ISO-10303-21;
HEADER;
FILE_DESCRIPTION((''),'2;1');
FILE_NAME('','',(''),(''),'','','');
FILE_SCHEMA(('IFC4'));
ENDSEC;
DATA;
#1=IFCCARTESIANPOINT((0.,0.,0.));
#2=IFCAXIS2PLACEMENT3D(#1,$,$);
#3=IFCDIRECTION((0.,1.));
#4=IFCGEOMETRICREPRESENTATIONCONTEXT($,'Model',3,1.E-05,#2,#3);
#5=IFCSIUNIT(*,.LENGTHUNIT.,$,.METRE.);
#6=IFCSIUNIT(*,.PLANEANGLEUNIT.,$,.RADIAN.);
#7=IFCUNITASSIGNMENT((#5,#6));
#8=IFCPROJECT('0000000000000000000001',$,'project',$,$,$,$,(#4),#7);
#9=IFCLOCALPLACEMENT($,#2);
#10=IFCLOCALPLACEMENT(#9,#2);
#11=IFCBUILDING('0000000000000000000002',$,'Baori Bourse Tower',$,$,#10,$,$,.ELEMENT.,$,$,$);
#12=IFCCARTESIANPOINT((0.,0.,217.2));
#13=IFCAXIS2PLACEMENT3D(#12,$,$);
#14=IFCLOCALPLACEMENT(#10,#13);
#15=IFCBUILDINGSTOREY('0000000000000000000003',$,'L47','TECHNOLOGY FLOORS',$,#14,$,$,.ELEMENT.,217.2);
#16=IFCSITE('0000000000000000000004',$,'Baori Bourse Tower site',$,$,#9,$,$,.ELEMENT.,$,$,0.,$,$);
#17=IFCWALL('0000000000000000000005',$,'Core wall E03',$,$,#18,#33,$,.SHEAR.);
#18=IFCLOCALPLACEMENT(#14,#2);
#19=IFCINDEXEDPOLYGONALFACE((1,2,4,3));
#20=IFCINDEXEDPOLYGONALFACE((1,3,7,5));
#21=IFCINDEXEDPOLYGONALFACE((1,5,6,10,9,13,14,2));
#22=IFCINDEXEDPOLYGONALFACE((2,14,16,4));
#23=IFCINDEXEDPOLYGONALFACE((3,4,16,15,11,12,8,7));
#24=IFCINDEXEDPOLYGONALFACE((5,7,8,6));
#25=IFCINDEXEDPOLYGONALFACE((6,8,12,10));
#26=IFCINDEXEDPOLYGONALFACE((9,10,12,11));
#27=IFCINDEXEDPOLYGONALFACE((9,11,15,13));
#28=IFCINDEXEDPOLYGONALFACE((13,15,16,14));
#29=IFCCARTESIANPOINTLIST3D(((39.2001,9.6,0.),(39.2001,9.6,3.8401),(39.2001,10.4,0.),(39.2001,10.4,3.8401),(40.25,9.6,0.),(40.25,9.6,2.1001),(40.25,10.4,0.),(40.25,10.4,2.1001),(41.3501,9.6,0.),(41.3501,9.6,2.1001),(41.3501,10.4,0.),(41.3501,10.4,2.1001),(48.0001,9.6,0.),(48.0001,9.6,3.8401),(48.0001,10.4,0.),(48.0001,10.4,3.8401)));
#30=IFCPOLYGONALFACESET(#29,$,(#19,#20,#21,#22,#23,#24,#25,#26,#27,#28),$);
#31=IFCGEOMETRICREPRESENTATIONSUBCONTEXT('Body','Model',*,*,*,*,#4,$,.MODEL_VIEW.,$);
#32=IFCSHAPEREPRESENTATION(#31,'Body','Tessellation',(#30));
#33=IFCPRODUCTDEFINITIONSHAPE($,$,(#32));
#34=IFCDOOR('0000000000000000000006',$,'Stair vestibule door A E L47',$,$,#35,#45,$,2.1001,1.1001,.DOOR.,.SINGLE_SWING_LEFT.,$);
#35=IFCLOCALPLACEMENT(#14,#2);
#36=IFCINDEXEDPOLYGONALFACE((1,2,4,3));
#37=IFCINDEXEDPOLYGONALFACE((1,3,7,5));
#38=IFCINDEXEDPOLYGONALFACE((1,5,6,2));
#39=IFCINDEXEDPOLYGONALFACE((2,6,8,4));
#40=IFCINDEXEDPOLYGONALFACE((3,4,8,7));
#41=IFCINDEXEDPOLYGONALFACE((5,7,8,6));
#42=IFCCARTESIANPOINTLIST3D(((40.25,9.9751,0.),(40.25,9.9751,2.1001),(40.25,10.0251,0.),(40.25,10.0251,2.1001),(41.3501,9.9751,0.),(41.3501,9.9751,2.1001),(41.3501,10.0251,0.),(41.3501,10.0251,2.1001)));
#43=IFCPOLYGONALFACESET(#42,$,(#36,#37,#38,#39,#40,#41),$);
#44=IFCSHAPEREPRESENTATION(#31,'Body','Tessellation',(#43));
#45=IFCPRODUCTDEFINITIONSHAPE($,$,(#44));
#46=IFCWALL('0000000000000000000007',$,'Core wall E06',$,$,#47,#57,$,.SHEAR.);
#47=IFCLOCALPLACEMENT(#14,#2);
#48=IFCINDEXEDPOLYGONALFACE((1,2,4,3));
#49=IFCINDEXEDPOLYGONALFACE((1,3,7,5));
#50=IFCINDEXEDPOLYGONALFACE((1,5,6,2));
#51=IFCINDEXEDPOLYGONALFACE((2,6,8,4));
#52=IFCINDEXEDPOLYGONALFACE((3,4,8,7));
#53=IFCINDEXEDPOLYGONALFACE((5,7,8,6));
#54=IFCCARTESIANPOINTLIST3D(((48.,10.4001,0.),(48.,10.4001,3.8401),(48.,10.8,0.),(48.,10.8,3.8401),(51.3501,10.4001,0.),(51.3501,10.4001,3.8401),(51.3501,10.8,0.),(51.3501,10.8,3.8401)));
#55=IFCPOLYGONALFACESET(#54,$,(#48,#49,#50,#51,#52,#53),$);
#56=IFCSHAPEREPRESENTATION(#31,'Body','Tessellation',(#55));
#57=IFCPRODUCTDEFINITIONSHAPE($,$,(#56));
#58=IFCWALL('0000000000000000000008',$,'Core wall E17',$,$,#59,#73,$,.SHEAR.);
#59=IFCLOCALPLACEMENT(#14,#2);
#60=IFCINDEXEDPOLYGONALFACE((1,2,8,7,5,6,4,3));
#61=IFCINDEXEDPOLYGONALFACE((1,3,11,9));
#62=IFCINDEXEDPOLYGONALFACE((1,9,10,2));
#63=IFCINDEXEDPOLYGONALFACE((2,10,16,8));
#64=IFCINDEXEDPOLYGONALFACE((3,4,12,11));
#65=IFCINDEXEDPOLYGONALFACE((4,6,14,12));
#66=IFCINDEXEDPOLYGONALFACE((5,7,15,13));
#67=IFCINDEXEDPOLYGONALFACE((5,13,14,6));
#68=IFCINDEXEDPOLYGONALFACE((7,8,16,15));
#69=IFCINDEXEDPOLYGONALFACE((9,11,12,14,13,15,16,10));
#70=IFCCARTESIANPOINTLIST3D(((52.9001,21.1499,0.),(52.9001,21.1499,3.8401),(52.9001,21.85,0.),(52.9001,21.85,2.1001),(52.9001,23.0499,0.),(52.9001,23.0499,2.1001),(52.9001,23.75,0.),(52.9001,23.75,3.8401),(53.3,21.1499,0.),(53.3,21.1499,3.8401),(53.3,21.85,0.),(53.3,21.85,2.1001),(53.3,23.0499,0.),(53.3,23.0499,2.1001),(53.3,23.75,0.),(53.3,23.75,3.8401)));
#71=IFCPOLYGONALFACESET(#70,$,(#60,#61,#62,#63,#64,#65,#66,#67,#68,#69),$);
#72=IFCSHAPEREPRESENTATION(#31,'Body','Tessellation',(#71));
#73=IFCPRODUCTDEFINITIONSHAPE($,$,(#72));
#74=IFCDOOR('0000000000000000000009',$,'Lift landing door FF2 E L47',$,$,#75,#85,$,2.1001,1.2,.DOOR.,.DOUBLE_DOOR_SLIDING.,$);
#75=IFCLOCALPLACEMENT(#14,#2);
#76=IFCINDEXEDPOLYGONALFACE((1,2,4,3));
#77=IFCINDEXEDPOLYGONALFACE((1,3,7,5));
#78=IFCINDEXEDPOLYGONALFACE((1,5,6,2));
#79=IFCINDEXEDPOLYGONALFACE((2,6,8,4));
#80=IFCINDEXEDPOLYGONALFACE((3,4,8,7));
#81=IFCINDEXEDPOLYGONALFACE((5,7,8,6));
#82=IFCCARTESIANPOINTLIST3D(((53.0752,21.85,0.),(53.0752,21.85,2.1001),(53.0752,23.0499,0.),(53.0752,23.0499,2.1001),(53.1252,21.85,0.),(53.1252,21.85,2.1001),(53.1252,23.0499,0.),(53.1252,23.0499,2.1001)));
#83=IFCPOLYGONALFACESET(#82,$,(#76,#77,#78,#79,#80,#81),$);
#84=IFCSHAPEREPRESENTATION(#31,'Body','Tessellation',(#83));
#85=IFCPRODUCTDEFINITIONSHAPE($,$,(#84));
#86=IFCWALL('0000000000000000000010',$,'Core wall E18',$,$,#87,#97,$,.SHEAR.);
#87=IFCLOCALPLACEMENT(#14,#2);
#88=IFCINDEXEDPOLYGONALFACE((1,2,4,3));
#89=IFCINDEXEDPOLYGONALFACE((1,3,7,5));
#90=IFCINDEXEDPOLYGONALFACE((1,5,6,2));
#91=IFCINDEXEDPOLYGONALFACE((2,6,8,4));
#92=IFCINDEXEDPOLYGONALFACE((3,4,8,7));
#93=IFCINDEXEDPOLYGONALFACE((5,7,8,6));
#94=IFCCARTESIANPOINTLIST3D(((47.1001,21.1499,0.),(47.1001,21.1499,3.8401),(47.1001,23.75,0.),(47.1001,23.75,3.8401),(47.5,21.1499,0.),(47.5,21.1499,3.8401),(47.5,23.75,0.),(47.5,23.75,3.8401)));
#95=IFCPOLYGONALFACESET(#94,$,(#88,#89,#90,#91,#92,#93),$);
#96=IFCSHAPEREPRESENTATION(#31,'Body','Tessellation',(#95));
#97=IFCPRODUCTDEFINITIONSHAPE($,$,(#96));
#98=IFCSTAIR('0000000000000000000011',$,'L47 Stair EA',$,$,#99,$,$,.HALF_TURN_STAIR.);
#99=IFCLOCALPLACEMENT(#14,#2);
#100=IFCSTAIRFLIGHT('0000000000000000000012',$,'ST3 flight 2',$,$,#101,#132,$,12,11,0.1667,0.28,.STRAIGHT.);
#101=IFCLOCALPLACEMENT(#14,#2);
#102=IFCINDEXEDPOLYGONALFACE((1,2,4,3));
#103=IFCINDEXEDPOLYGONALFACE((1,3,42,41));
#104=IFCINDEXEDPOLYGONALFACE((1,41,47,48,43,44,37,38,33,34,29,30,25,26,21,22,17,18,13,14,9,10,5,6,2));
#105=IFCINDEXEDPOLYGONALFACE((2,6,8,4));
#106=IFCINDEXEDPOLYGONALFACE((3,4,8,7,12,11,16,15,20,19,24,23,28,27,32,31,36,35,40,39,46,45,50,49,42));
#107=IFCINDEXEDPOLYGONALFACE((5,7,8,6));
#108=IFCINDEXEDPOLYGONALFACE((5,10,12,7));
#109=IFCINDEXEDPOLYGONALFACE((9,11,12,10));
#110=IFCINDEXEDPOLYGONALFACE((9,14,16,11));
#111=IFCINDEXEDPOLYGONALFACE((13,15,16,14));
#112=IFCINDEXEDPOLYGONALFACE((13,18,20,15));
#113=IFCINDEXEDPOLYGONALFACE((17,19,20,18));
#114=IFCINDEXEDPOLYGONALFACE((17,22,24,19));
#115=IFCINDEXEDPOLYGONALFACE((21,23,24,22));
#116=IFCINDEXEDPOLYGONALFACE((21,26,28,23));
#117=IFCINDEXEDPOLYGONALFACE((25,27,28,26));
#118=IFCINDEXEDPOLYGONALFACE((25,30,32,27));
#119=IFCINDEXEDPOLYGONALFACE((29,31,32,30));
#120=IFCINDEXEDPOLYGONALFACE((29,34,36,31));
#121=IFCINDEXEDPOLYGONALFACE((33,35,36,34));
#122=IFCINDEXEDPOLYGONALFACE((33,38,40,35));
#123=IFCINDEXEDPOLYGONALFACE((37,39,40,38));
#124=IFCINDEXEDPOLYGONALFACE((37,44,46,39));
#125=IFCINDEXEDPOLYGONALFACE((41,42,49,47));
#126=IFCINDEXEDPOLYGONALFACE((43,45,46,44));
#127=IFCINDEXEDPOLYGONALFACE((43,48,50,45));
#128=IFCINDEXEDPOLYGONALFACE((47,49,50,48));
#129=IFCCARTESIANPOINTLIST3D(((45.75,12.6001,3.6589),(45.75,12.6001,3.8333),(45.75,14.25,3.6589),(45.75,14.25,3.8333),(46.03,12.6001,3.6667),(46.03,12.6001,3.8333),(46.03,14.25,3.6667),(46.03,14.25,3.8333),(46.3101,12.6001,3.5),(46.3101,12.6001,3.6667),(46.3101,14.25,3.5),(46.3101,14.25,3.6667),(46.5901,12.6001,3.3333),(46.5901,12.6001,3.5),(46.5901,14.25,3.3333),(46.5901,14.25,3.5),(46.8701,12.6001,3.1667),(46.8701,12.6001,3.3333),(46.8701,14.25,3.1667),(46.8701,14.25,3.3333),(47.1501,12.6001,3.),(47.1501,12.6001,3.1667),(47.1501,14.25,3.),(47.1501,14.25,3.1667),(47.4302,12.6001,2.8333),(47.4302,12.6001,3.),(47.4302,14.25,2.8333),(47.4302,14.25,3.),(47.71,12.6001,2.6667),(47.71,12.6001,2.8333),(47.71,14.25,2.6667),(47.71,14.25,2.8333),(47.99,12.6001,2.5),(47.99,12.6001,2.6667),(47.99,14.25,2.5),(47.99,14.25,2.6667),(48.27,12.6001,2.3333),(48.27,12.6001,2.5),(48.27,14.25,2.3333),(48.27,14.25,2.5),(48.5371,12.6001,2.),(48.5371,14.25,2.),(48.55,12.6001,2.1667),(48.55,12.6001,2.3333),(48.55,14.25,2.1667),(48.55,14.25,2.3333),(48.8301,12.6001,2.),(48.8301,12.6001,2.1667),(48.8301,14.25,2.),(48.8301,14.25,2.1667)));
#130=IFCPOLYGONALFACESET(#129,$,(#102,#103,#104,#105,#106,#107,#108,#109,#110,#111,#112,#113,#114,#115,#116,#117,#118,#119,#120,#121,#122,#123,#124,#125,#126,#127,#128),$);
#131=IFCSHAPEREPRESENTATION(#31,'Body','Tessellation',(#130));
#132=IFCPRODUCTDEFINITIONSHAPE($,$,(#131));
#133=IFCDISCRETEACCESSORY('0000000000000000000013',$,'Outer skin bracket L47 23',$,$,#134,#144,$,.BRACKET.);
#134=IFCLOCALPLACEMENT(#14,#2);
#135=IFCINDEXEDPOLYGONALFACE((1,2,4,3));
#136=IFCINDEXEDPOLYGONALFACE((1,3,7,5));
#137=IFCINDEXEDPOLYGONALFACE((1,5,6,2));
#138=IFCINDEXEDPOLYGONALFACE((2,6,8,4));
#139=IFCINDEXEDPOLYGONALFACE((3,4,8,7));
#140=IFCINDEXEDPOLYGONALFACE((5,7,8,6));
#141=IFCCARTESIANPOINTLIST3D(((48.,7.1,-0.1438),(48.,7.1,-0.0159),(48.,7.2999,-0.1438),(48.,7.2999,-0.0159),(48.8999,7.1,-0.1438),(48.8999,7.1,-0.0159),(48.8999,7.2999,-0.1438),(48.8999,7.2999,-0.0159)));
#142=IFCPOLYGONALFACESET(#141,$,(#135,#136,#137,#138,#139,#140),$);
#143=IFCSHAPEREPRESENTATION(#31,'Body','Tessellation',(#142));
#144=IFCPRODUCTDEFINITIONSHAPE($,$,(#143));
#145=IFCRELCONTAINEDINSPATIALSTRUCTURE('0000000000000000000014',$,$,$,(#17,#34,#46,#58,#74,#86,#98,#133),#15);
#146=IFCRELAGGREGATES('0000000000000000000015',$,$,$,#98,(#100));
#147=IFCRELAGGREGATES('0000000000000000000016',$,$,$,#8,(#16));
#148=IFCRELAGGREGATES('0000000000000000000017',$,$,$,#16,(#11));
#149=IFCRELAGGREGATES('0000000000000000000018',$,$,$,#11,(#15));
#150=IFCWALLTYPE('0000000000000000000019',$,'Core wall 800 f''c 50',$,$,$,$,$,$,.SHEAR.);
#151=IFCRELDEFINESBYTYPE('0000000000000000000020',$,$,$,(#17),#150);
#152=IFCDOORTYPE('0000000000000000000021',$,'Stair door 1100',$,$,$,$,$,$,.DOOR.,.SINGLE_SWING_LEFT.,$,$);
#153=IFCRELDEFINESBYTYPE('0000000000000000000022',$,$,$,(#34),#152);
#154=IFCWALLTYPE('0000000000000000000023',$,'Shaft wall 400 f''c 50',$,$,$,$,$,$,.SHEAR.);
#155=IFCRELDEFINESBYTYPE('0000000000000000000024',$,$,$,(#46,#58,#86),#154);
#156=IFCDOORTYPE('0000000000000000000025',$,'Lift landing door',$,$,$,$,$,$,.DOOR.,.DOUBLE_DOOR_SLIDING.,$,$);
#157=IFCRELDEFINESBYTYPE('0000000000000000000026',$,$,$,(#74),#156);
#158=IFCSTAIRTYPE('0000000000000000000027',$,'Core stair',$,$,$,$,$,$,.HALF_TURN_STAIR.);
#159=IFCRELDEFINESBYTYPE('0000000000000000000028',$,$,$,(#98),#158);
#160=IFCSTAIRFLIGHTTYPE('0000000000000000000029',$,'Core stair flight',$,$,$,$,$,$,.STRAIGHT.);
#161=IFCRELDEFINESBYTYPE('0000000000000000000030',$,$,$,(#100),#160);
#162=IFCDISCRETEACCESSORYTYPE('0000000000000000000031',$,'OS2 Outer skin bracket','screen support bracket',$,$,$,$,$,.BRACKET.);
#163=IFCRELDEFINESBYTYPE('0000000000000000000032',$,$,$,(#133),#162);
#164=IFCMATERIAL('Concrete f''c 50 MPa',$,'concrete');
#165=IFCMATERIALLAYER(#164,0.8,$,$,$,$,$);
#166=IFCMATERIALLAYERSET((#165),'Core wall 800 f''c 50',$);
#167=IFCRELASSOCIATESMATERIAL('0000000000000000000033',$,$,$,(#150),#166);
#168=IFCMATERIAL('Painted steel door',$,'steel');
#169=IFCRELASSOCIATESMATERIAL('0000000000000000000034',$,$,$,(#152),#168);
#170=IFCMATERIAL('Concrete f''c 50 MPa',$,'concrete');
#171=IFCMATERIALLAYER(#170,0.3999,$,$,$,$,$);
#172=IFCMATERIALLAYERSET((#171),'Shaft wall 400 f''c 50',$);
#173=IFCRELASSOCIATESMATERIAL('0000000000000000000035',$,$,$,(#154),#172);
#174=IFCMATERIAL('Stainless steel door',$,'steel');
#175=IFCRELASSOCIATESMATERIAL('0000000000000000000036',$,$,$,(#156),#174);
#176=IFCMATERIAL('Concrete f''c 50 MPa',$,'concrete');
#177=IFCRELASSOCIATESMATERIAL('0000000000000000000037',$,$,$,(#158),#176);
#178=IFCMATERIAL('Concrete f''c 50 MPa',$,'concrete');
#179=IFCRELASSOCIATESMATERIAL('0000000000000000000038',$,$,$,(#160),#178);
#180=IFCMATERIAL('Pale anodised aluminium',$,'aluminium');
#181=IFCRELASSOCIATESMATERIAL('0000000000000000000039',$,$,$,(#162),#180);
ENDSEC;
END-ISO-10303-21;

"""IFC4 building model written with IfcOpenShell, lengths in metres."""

from ifc_helpers import new_model, si_unit, direction, frame, frame_2d, origin, origin_2d, place, context, subcontext, project, spatial, polyline, rectangle, outline, extrude, material, layer, layer_set, type_object, element, fill, aggregate, save


model = new_model("IFC4")

# Units and contexts
model_context = context("Model", 3, precision=1e-05, world=origin(), true_north=direction((0.0, 1.0)))
body_context = subcontext(model_context, "Body", "Model", "MODEL_VIEW")
ifc_project = project(units=[si_unit("LENGTHUNIT", "METRE"), si_unit("PLANEANGLEUNIT", "RADIAN")], contexts=[model_context])

# Site, building, storey
site_placement = place(None, origin())
site = spatial("IfcSite", under=ifc_project, at=site_placement, Name="Baori Bourse Tower site", CompositionType="ELEMENT", RefElevation=0.0)
building_placement = place(site_placement, origin())
building = spatial("IfcBuilding", under=site, at=building_placement, Name="Baori Bourse Tower", CompositionType="ELEMENT")
storey_placement = place(building_placement, frame((0.0, 0.0, 217.2)))
storey = spatial("IfcBuildingStorey", under=building, at=storey_placement, Name="L47", Description="TECHNOLOGY FLOORS", CompositionType="ELEMENT", Elevation=217.2)

# Shared definitions
ifc_material_1 = material(Name="Concrete f'c 50 MPa", Category="concrete")
ifc_layer_1 = layer(ifc_material_1, 0.8)
ifc_layer_set_1 = layer_set([ifc_layer_1], Name="Core wall 800 f'c 50")
wall_type_1 = type_object("IfcWallType", Name="Core wall 800 f'c 50", PredefinedType="SHEAR", material=ifc_layer_set_1)

# Wall, opening, door
wall_1_placement = place(storey_placement, frame((48.0, 10.0, 0.0), z_axis=(0.0, 0.0, 1.0), x_axis=(-1.0, 0.0, 0.0)))
wall_1 = element("IfcWall", 1, at=wall_1_placement, inside=storey, type_object=wall_type_1, Name="Core wall E03", PredefinedType="SHEAR", context=body_context, shape_type="SweptSolid", body=[
    extrude(rectangle(XDim=8.8, YDim=0.8, at=frame_2d((4.3999, 0.0))), origin(), (0.0, 0.0, 1.0), 3.8401),
])
opening_1_placement = place(wall_1_placement, frame((6.6499, 0.0, 0.0)))
opening_1 = element("IfcOpeningElement", 2, at=opening_1_placement, cuts=wall_1, PredefinedType="OPENING", context=body_context, shape_type="SweptSolid", body=[
    extrude(rectangle(XDim=1.1001, YDim=2.1001, at=frame_2d((0.55, 1.05))), frame((0.0, 0.4099, 0.0), z_axis=(0.0, -1.0, 0.0), x_axis=(1.0, 0.0, 0.0)), (0.0, 0.0, 1.0), 0.8201),
])
ifc_material_2 = material(Name="Painted steel door", Category="steel")
door_type_1 = type_object("IfcDoorType", Name="Stair door 1100", OperationType="SINGLE_SWING_LEFT", PredefinedType="DOOR", material=ifc_material_2)
door_1_placement = place(opening_1_placement, origin())
door_1 = element("IfcDoor", 3, at=door_1_placement, inside=storey, type_object=door_type_1, Name="Stair vestibule door A E L47", OperationType="SINGLE_SWING_LEFT", OverallHeight=2.1001, OverallWidth=1.1001, PredefinedType="DOOR", context=body_context, shape_type="SweptSolid", body=[
    extrude(rectangle(XDim=1.1001, YDim=2.1001, at=frame_2d((0.55, 1.05))), frame((0.0, 0.0249, 0.0), z_axis=(0.0, -1.0, 0.0), x_axis=(1.0, 0.0, 0.0)), (0.0, 0.0, 1.0), 0.05),
])
fill(opening_1, door_1)

# Wall
ifc_material_3 = material(Name="Concrete f'c 50 MPa", Category="concrete")
ifc_layer_2 = layer(ifc_material_3, 0.3999)
ifc_layer_set_2 = layer_set([ifc_layer_2], Name="Shaft wall 400 f'c 50")
wall_type_2 = type_object("IfcWallType", Name="Shaft wall 400 f'c 50", PredefinedType="SHEAR", material=ifc_layer_set_2)
wall_2_placement = place(storey_placement, frame((48.0, 10.6001, 0.0), z_axis=(0.0, 0.0, 1.0), x_axis=(1.0, 0.0, 0.0)))
element("IfcWall", 4, at=wall_2_placement, inside=storey, type_object=wall_type_2, Name="Core wall E06", PredefinedType="SHEAR", context=body_context, shape_type="SweptSolid", body=[
    extrude(rectangle(XDim=3.3501, YDim=0.3999, at=frame_2d((1.675, 0.0))), origin(), (0.0, 0.0, 1.0), 3.8401),
])

# Wall, opening, door
wall_3_placement = place(storey_placement, frame((53.1001, 21.1499, 0.0), z_axis=(0.0, 0.0, 1.0), x_axis=(0.0, 1.0, 0.0)))
wall_3 = element("IfcWall", 5, at=wall_3_placement, inside=storey, type_object=wall_type_2, Name="Core wall E17", PredefinedType="SHEAR", context=body_context, shape_type="SweptSolid", body=[
    extrude(rectangle(XDim=2.6001, YDim=0.3999, at=frame_2d((1.3, 0.0))), origin(), (0.0, 0.0, 1.0), 3.8401),
])
opening_2_placement = place(wall_3_placement, frame((0.7, 0.0, 0.0)))
opening_2 = element("IfcOpeningElement", 6, at=opening_2_placement, cuts=wall_3, PredefinedType="OPENING", context=body_context, shape_type="SweptSolid", body=[
    extrude(rectangle(XDim=1.2, YDim=2.1001, at=frame_2d((0.6001, 1.05))), frame((0.0, 0.21, 0.0), z_axis=(0.0, -1.0, 0.0), x_axis=(1.0, 0.0, 0.0)), (0.0, 0.0, 1.0), 0.4199),
])
ifc_material_4 = material(Name="Stainless steel door", Category="steel")
door_type_2 = type_object("IfcDoorType", Name="Lift landing door", OperationType="DOUBLE_DOOR_SLIDING", PredefinedType="DOOR", material=ifc_material_4)
door_2_placement = place(opening_2_placement, origin())
door_2 = element("IfcDoor", 7, at=door_2_placement, inside=storey, type_object=door_type_2, Name="Lift landing door FF2 E L47", OperationType="DOUBLE_DOOR_SLIDING", OverallHeight=2.1001, OverallWidth=1.2, PredefinedType="DOOR", context=body_context, shape_type="SweptSolid", body=[
    extrude(rectangle(XDim=1.2, YDim=2.1001, at=frame_2d((0.6001, 1.05))), frame((0.0, 0.0249, 0.0), z_axis=(0.0, -1.0, 0.0), x_axis=(1.0, 0.0, 0.0)), (0.0, 0.0, 1.0), 0.05),
])
fill(opening_2, door_2)

# Wall
wall_4_placement = place(storey_placement, frame((47.3, 21.1499, 0.0), z_axis=(0.0, 0.0, 1.0), x_axis=(0.0, 1.0, 0.0)))
element("IfcWall", 8, at=wall_4_placement, inside=storey, type_object=wall_type_2, Name="Core wall E18", PredefinedType="SHEAR", context=body_context, shape_type="SweptSolid", body=[
    extrude(rectangle(XDim=2.6001, YDim=0.3999, at=frame_2d((1.3, 0.0))), origin(), (0.0, 0.0, 1.0), 3.8401),
])

# Stair, stair flight
ifc_material_5 = material(Name="Concrete f'c 50 MPa", Category="concrete")
stair_type = type_object("IfcStairType", Name="Core stair", PredefinedType="HALF_TURN_STAIR", material=ifc_material_5)
stair_placement = place(storey_placement, origin())
stair = element("IfcStair", 9, at=stair_placement, inside=storey, type_object=stair_type, Name="L47 Stair EA", PredefinedType="HALF_TURN_STAIR")
ifc_material_6 = material(Name="Concrete f'c 50 MPa", Category="concrete")
stair_flight_type = type_object("IfcStairFlightType", Name="Core stair flight", PredefinedType="STRAIGHT", material=ifc_material_6)
stair_flight_placement = place(storey_placement, frame((48.8301, 13.425, 2.0), z_axis=(0.0, 0.0, 1.0), x_axis=(-1.0, 0.0, 0.0)))
stair_flight = element("IfcStairFlight", 10, at=stair_flight_placement, type_object=stair_flight_type, Name="ST3 flight 2", NumberOfRisers=12, NumberOfTreads=11, PredefinedType="STRAIGHT", RiserHeight=0.1667, TreadLength=0.28, context=body_context, shape_type="SweptSolid", body=[
    extrude(outline(polyline([(0.0, 0.0), (0.0, 0.1667), (0.28, 0.1667), (0.28, 0.3333), (0.5601, 0.3333), (0.5601, 0.5), (0.8401, 0.5), (0.8401, 0.6667), (1.1201, 0.6667), (1.1201, 0.8333), (1.3999, 0.8333), (1.3999, 1.0), (1.6799, 1.0), (1.6799, 1.1667), (1.96, 1.1667), (1.96, 1.3333), (2.24, 1.3333), (2.24, 1.5), (2.52, 1.5), (2.52, 1.6667), (2.8, 1.6667), (2.8, 1.8333), (3.0801, 1.8333), (3.0801, 2.0), (3.0801, 1.6589), (0.293, 0.0), (0.0, 0.0)])), frame((0.0, 0.825, 0.0), z_axis=(0.0, -1.0, 0.0), x_axis=(1.0, 0.0, 0.0)), (0.0, 0.0, 1.0), 1.6499),
])
aggregate(stair, [stair_flight])

# Discrete accessory
ifc_material_7 = material(Name="Pale anodised aluminium", Category="aluminium")
discrete_accessory_type = type_object("IfcDiscreteAccessoryType", Name="OS2 Outer skin bracket", Description="screen support bracket", PredefinedType="BRACKET", material=ifc_material_7)
discrete_accessory_placement = place(storey_placement, frame((48.45, 7.2, -0.1438), z_axis=(0.0, 0.0, 1.0), x_axis=(0.0, 1.0, 0.0)))
element("IfcDiscreteAccessory", 11, at=discrete_accessory_placement, inside=storey, type_object=discrete_accessory_type, Name="Outer skin bracket L47 23", PredefinedType="BRACKET", context=body_context, shape_type="SweptSolid", body=[
    extrude(rectangle(XDim=0.2, YDim=0.8999, at=origin_2d()), origin(), (0.0, 0.0, 1.0), 0.1279),
])

save(model, "model.ifc")
